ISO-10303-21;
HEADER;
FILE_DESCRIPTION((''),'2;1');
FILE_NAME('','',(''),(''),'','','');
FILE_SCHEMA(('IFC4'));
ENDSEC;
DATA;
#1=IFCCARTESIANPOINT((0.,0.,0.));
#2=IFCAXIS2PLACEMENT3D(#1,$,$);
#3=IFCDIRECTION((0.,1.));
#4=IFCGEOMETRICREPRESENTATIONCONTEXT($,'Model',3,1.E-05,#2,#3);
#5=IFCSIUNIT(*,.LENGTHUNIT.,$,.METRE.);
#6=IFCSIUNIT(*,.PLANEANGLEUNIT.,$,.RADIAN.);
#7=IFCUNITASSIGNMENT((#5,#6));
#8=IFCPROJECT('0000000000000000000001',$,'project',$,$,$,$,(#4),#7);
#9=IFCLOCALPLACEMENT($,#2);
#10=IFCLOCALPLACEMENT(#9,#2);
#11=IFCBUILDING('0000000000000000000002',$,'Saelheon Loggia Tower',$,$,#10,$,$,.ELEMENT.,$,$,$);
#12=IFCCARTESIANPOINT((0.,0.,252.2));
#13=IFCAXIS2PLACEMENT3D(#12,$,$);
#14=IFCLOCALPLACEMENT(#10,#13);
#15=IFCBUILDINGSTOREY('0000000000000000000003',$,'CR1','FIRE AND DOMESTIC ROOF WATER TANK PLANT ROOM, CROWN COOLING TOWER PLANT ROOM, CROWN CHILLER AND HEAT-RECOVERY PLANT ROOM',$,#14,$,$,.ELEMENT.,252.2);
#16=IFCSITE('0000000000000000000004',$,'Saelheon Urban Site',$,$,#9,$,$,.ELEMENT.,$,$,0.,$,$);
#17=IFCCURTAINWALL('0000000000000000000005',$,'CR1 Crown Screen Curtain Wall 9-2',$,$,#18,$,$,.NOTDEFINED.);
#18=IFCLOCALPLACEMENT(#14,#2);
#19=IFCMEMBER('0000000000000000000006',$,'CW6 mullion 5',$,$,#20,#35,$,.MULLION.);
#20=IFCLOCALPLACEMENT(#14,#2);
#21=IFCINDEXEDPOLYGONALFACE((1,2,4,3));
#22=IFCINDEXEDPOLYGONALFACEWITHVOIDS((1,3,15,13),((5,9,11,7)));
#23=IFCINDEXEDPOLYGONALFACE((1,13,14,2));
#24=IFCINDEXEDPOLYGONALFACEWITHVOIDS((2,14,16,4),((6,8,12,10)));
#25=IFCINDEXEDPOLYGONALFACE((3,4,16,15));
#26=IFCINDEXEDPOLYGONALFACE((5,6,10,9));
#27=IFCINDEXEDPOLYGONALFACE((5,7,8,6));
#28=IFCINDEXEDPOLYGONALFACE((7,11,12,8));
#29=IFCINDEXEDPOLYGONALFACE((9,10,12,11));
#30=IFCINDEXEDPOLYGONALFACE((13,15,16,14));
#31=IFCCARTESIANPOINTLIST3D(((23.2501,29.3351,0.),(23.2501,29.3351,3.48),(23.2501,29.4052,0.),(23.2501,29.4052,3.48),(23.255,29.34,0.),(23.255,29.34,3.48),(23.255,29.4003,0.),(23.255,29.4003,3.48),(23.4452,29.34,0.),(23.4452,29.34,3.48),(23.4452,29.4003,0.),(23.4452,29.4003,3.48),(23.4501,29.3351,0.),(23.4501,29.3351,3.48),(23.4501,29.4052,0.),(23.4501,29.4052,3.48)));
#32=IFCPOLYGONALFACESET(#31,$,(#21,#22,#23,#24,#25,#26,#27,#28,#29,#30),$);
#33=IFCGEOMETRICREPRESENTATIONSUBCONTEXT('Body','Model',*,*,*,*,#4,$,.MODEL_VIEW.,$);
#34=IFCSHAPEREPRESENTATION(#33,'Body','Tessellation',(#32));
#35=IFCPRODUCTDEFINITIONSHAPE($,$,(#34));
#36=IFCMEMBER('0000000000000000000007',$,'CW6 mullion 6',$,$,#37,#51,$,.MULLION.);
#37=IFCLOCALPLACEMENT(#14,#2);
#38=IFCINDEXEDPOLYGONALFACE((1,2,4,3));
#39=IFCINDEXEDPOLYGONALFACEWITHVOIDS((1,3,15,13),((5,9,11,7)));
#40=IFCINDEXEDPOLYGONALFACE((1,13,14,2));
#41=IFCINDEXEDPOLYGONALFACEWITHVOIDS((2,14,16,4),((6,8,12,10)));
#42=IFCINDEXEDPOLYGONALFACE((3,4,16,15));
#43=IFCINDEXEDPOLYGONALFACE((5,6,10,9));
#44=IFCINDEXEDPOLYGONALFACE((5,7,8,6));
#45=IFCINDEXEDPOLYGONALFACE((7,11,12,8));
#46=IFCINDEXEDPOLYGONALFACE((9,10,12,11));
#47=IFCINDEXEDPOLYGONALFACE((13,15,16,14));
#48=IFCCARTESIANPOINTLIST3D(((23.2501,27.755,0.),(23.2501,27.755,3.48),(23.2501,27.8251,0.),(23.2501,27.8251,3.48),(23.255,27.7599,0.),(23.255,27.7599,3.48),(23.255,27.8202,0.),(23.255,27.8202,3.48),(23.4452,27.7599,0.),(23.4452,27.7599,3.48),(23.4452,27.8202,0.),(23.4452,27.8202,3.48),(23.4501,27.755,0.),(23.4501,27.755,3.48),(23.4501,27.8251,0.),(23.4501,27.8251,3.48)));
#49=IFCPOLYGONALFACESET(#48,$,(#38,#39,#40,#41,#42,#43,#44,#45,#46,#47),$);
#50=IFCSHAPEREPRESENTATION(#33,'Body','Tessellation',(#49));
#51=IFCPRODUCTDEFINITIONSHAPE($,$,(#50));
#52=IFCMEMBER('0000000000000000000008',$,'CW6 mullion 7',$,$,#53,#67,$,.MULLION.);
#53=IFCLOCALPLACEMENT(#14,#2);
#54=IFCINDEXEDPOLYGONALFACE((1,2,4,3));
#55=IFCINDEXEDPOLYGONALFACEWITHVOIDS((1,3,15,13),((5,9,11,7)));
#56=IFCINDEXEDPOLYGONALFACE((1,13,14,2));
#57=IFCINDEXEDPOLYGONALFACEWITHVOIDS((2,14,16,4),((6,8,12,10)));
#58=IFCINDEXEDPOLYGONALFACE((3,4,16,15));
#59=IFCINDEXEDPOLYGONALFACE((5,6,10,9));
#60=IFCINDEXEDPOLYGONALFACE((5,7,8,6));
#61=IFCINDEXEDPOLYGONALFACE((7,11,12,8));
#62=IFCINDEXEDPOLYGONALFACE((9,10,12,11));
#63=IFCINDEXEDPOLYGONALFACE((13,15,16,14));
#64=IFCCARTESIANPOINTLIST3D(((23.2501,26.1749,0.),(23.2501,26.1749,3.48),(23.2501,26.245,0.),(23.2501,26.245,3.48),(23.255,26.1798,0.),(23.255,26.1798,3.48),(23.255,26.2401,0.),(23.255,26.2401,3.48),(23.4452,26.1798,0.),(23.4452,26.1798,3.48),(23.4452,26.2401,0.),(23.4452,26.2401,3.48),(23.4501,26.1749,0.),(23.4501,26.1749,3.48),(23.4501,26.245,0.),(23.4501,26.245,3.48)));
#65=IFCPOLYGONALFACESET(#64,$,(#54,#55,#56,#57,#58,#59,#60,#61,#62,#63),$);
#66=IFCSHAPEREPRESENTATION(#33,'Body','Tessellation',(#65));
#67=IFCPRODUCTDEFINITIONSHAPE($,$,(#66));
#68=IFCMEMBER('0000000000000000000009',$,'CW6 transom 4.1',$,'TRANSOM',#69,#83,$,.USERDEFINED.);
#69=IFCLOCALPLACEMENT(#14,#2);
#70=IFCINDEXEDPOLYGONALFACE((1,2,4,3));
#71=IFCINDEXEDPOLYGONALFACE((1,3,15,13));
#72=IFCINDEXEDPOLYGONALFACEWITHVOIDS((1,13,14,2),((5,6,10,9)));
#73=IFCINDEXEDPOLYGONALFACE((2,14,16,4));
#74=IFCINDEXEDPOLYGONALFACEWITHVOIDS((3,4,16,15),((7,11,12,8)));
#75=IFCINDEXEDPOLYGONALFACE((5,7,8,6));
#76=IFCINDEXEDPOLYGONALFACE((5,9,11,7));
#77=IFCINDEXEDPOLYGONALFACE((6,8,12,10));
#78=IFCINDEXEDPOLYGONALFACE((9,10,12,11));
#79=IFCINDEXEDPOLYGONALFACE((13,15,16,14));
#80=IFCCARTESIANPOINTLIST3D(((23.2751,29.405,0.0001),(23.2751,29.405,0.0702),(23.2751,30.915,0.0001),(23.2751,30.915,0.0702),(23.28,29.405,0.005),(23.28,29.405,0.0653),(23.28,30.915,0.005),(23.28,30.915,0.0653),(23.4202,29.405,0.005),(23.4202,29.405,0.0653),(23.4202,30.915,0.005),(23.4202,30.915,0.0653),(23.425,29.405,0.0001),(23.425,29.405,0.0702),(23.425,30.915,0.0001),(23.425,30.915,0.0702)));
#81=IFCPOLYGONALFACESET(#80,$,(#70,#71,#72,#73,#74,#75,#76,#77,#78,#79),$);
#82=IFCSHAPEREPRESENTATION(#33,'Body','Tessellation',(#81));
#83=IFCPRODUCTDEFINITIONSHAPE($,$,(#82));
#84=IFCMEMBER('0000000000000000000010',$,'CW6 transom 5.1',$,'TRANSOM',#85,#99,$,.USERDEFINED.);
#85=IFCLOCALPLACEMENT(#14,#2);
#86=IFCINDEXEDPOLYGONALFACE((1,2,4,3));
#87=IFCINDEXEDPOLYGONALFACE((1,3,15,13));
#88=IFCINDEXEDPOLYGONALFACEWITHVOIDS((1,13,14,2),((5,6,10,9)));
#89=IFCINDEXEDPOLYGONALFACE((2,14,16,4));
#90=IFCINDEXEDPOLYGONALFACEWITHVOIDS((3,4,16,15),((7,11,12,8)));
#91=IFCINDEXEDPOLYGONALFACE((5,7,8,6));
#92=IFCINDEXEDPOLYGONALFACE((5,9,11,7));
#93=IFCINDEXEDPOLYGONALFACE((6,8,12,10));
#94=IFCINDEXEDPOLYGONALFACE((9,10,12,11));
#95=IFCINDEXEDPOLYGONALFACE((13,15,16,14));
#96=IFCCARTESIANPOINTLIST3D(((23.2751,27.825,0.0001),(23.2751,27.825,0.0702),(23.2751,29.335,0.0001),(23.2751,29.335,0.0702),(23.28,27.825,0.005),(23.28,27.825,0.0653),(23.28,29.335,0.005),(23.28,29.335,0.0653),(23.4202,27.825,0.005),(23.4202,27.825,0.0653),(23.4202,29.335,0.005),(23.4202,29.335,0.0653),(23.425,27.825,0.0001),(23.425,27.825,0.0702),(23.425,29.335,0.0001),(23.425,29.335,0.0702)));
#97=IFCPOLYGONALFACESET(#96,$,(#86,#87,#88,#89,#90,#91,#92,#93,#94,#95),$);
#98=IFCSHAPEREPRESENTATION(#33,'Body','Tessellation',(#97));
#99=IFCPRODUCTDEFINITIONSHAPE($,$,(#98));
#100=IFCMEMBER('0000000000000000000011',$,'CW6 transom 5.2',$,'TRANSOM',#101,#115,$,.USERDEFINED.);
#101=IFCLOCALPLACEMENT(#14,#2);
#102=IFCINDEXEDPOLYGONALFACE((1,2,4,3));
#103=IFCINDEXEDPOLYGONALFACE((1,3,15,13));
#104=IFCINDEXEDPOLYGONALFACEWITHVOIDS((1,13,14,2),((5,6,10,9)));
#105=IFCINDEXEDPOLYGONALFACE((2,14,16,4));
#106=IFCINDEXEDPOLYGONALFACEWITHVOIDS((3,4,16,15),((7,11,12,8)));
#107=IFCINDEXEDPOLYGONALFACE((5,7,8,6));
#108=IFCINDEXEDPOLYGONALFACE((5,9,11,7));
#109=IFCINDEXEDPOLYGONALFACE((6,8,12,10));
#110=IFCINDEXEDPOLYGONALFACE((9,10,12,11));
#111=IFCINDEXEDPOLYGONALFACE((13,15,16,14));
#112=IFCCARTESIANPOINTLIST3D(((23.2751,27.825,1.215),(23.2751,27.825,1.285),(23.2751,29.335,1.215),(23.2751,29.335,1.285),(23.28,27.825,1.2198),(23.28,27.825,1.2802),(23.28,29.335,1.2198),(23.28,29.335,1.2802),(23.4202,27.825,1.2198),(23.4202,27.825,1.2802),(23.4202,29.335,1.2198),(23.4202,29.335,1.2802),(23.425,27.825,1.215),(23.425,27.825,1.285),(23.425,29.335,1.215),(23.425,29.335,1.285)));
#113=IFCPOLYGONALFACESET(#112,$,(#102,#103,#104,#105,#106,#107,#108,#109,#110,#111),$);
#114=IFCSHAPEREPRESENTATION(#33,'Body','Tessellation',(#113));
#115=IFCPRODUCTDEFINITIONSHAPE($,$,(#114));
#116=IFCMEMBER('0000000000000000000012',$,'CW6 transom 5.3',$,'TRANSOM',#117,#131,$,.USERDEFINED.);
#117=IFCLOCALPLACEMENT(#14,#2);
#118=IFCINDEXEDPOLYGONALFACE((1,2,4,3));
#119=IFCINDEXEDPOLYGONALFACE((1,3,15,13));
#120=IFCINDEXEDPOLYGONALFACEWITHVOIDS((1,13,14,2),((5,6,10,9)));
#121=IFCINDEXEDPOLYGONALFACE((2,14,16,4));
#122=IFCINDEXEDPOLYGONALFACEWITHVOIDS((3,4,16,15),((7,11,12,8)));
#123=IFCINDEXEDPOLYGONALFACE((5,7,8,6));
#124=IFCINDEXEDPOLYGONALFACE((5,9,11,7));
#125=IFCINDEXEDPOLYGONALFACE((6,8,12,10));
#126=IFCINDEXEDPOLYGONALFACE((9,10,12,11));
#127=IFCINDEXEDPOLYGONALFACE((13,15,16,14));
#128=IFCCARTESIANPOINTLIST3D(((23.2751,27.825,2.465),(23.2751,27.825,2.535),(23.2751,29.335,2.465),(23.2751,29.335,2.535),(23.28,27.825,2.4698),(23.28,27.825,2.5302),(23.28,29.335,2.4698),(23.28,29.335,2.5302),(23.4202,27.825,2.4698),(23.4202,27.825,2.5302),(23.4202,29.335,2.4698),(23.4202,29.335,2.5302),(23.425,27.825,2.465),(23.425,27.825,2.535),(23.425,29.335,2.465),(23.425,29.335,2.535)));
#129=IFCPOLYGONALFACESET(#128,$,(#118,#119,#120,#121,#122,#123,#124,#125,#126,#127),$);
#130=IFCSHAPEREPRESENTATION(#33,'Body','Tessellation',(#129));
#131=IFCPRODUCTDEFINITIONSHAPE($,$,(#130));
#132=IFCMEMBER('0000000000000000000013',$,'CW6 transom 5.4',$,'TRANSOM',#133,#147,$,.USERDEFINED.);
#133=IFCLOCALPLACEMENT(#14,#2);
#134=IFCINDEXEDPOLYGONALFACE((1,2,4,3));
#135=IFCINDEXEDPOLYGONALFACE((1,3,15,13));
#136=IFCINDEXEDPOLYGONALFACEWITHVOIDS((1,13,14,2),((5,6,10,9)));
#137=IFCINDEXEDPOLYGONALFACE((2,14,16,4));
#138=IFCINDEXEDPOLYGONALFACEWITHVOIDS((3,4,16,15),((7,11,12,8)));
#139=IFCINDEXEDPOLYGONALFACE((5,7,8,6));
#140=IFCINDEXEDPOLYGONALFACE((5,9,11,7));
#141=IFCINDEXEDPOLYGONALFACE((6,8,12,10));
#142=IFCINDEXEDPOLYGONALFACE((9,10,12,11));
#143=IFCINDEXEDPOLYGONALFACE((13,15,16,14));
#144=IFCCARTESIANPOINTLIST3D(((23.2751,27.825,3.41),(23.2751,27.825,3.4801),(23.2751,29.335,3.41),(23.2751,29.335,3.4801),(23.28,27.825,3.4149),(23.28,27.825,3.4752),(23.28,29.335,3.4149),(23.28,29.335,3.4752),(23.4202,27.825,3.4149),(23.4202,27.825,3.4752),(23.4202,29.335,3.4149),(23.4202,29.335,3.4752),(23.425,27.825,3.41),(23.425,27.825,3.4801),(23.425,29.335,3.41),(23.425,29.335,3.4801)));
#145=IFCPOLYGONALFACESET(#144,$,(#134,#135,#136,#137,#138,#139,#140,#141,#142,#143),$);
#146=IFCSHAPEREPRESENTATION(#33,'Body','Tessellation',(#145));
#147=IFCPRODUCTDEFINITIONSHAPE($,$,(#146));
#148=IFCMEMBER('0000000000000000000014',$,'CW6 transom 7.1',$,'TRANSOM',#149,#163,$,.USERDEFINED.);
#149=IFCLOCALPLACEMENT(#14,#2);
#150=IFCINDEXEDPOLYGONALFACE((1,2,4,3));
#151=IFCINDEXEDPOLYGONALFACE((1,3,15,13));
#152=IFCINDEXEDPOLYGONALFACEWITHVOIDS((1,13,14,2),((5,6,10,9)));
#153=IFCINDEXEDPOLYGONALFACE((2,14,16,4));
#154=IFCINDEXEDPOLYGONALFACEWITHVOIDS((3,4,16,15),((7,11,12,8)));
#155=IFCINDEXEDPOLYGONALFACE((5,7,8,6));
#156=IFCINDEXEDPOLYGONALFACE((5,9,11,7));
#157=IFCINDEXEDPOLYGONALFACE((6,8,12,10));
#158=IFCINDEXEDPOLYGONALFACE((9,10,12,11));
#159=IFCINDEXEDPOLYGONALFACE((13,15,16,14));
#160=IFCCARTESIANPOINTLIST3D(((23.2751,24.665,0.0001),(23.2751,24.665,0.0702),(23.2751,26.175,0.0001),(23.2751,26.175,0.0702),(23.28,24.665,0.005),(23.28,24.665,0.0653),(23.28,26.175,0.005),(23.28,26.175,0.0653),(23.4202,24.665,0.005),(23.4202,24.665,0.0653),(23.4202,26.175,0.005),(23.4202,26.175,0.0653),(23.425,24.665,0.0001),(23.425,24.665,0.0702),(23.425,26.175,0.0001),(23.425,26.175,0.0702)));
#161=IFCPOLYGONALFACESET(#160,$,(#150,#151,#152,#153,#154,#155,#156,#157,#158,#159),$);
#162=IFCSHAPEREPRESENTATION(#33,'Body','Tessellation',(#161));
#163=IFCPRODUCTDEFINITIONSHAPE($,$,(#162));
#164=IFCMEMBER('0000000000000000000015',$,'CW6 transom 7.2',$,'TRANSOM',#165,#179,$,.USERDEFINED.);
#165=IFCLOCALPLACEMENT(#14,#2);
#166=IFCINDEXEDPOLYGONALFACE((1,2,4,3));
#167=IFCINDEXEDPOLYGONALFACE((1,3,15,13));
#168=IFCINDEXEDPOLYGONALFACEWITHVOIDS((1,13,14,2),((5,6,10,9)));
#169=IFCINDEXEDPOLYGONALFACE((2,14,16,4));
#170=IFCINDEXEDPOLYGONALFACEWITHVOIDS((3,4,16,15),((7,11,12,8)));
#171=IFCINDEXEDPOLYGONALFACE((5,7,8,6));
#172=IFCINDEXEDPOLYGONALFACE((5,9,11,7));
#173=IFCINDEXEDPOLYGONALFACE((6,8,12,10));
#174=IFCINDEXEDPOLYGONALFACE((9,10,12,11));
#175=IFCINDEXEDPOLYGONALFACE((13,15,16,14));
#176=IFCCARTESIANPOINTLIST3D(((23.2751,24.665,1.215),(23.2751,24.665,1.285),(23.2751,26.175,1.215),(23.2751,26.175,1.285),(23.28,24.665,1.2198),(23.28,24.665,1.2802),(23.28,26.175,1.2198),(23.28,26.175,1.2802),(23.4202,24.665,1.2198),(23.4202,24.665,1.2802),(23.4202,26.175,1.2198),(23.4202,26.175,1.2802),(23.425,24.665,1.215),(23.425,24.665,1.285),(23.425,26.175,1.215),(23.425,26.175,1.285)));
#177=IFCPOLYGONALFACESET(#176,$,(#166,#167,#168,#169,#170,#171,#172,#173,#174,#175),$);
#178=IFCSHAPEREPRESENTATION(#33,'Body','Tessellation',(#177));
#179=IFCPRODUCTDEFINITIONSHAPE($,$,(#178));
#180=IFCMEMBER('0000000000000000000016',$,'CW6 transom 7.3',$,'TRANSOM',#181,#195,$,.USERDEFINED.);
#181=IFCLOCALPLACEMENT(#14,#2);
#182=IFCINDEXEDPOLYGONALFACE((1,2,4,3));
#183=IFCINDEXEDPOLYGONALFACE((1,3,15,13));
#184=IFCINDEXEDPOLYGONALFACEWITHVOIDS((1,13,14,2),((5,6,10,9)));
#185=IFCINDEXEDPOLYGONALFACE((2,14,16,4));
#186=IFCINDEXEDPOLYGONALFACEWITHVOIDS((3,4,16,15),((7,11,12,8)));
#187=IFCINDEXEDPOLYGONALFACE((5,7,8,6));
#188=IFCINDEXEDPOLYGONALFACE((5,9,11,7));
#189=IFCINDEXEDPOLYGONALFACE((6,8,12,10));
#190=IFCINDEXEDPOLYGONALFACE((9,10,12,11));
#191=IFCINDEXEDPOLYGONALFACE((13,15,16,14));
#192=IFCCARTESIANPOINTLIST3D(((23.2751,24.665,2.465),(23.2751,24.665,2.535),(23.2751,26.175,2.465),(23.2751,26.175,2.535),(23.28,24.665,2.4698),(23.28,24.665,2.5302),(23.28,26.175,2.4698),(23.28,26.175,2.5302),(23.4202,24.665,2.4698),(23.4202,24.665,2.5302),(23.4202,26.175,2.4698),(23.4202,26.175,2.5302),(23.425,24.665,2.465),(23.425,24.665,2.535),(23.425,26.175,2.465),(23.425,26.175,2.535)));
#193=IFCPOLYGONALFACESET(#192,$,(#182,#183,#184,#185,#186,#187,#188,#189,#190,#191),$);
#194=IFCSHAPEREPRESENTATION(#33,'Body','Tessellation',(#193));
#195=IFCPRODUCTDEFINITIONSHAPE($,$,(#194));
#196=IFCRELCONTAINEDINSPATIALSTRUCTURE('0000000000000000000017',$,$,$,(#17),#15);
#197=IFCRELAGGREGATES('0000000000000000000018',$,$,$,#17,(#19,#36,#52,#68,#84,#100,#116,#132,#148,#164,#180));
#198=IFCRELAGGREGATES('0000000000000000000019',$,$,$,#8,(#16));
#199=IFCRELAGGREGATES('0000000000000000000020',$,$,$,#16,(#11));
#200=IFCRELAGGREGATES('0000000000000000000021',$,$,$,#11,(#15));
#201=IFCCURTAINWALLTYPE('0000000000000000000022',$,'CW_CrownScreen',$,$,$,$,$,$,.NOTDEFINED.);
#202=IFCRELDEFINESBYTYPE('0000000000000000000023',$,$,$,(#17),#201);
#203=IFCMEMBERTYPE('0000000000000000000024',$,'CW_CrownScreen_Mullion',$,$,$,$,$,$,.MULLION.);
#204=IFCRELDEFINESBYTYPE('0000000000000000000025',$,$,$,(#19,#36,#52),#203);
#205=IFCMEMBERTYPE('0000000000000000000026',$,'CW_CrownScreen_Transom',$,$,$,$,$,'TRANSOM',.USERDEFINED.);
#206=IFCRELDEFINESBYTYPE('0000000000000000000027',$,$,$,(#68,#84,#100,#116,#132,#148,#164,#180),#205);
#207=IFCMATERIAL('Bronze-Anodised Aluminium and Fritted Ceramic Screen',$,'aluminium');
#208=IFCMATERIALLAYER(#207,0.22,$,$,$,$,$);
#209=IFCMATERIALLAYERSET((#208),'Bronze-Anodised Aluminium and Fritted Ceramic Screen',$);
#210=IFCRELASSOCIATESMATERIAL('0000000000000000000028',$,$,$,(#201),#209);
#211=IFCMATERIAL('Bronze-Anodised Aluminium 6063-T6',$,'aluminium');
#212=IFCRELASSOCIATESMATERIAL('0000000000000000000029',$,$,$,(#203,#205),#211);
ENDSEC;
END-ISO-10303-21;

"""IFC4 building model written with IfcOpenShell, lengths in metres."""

from ifc_helpers import new_model, si_unit, direction, frame, origin, origin_2d, place, context, subcontext, project, spatial, hollow_rectangle, extrude, source, transform, mapped, material, layer, layer_set, material_profile, profile_set, type_object, element, aggregate, save


model = new_model("IFC4")

# Units and contexts
model_context = context("Model", 3, precision=1e-05, world=origin(), true_north=direction((0.0, 1.0)))
body_context = subcontext(model_context, "Body", "Model", "MODEL_VIEW")
ifc_project = project(units=[si_unit("LENGTHUNIT", "METRE"), si_unit("PLANEANGLEUNIT", "RADIAN")], contexts=[model_context])

# Site, building, storey
site_placement = place(None, origin())
site = spatial("IfcSite", under=ifc_project, at=site_placement, Name="Saelheon Urban Site", CompositionType="ELEMENT", RefElevation=0.0)
building_placement = place(site_placement, origin())
building = spatial("IfcBuilding", under=site, at=building_placement, Name="Saelheon Loggia Tower", CompositionType="ELEMENT")
storey_placement = place(building_placement, frame((0.0, 0.0, 252.2)))
storey = spatial("IfcBuildingStorey", under=building, at=storey_placement, Name="CR1", Description="FIRE AND DOMESTIC ROOF WATER TANK PLANT ROOM, CROWN COOLING TOWER PLANT ROOM, CROWN CHILLER AND HEAT-RECOVERY PLANT ROOM", CompositionType="ELEMENT", Elevation=252.2)

# Curtain wall, members
ifc_material_1 = material(Name="Bronze-Anodised Aluminium and Fritted Ceramic Screen", Category="aluminium")
ifc_layer_1 = layer(ifc_material_1, 0.22)
ifc_layer_set_1 = layer_set([ifc_layer_1], Name="Bronze-Anodised Aluminium and Fritted Ceramic Screen")
curtain_wall_type = type_object("IfcCurtainWallType", Name="CW_CrownScreen", PredefinedType="NOTDEFINED", material=ifc_layer_set_1)
curtain_wall_placement = place(storey_placement, origin())
curtain_wall = element("IfcCurtainWall", 1, at=curtain_wall_placement, inside=storey, type_object=curtain_wall_type, Name="CR1 Crown Screen Curtain Wall 9-2", PredefinedType="NOTDEFINED")
ifc_material_2 = material(Name="Bronze-Anodised Aluminium 6063-T6", Category="aluminium")
ifc_material_profile_1 = material_profile(ifc_material_2, hollow_rectangle(XDim=0.0701, YDim=0.2, WallThickness=0.0049, at=origin_2d()), Name="RHS-200x70x5")
ifc_profile_set_1 = profile_set([ifc_material_profile_1], Name="Bronze-Anodised Aluminium 6063-T6")
member_type_1 = type_object("IfcMemberType", Name="CW_CrownScreen_Mullion", PredefinedType="MULLION", material=ifc_profile_set_1)
shared_shape_1 = source(origin(), body_context, "Body", "SweptSolid", [
    extrude(hollow_rectangle(XDim=0.0701, YDim=0.2, WallThickness=0.0049, at=origin_2d()), origin(), (0.0, 0.0, 1.0), 3.48),
])
member_1_placement = place(storey_placement, frame((23.3501, 29.3701, 0.0), z_axis=(0.0, 0.0, 1.0), x_axis=(0.0, -1.0, 0.0)))
member_1 = element("IfcMember", 2, at=member_1_placement, type_object=member_type_1, Name="CW6 mullion 5", PredefinedType="MULLION", context=body_context, shape_type="MappedRepresentation", body=[
    mapped(shared_shape_1, transform((0.0, 0.0, 0.0), scale=1.0)),
])
member_2_placement = place(storey_placement, frame((23.3501, 27.79, 0.0), z_axis=(0.0, 0.0, 1.0), x_axis=(0.0, -1.0, 0.0)))
member_2 = element("IfcMember", 3, at=member_2_placement, type_object=member_type_1, Name="CW6 mullion 6", PredefinedType="MULLION", context=body_context, shape_type="MappedRepresentation", body=[
    mapped(shared_shape_1, transform((0.0, 0.0, 0.0), scale=1.0)),
])
member_3_placement = place(storey_placement, frame((23.3501, 26.21, 0.0), z_axis=(0.0, 0.0, 1.0), x_axis=(0.0, -1.0, 0.0)))
member_3 = element("IfcMember", 4, at=member_3_placement, type_object=member_type_1, Name="CW6 mullion 7", PredefinedType="MULLION", context=body_context, shape_type="MappedRepresentation", body=[
    mapped(shared_shape_1, transform((0.0, 0.0, 0.0), scale=1.0)),
])
ifc_material_profile_2 = material_profile(ifc_material_2, hollow_rectangle(XDim=0.0701, YDim=0.1499, WallThickness=0.0049, at=origin_2d()), Name="RHS-150x70x5")
ifc_profile_set_2 = profile_set([ifc_material_profile_2], Name="Bronze-Anodised Aluminium 6063-T6")
member_type_2 = type_object("IfcMemberType", Name="CW_CrownScreen_Transom", ElementType="TRANSOM", PredefinedType="USERDEFINED", material=ifc_profile_set_2)
shared_shape_2 = source(origin(), body_context, "Body", "SweptSolid", [
    extrude(hollow_rectangle(XDim=0.0701, YDim=0.1499, WallThickness=0.0049, at=origin_2d()), origin(), (0.0, 0.0, 1.0), 1.51),
])
member_4_placement = place(storey_placement, frame((23.3501, 30.915, 0.0352), z_axis=(0.0, -1.0, 0.0), x_axis=(0.0, 0.0, 1.0)))
member_4 = element("IfcMember", 5, at=member_4_placement, type_object=member_type_2, Name="CW6 transom 4.1", ObjectType="TRANSOM", PredefinedType="USERDEFINED", context=body_context, shape_type="MappedRepresentation", body=[
    mapped(shared_shape_2, transform((0.0, 0.0, 0.0), scale=1.0)),
])
member_5_placement = place(storey_placement, frame((23.3501, 29.335, 0.0352), z_axis=(0.0, -1.0, 0.0), x_axis=(0.0, 0.0, 1.0)))
member_5 = element("IfcMember", 6, at=member_5_placement, type_object=member_type_2, Name="CW6 transom 5.1", ObjectType="TRANSOM", PredefinedType="USERDEFINED", context=body_context, shape_type="MappedRepresentation", body=[
    mapped(shared_shape_2, transform((0.0, 0.0, 0.0), scale=1.0)),
])
member_6_placement = place(storey_placement, frame((23.3501, 29.335, 1.25), z_axis=(0.0, -1.0, 0.0), x_axis=(0.0, 0.0, 1.0)))
member_6 = element("IfcMember", 7, at=member_6_placement, type_object=member_type_2, Name="CW6 transom 5.2", ObjectType="TRANSOM", PredefinedType="USERDEFINED", context=body_context, shape_type="MappedRepresentation", body=[
    mapped(shared_shape_2, transform((0.0, 0.0, 0.0), scale=1.0)),
])
member_7_placement = place(storey_placement, frame((23.3501, 29.335, 2.5), z_axis=(0.0, -1.0, 0.0), x_axis=(0.0, 0.0, 1.0)))
member_7 = element("IfcMember", 8, at=member_7_placement, type_object=member_type_2, Name="CW6 transom 5.3", ObjectType="TRANSOM", PredefinedType="USERDEFINED", context=body_context, shape_type="MappedRepresentation", body=[
    mapped(shared_shape_2, transform((0.0, 0.0, 0.0), scale=1.0)),
])
member_8_placement = place(storey_placement, frame((23.3501, 29.335, 3.4451), z_axis=(0.0, -1.0, 0.0), x_axis=(0.0, 0.0, 1.0)))
member_8 = element("IfcMember", 9, at=member_8_placement, type_object=member_type_2, Name="CW6 transom 5.4", ObjectType="TRANSOM", PredefinedType="USERDEFINED", context=body_context, shape_type="MappedRepresentation", body=[
    mapped(shared_shape_2, transform((0.0, 0.0, 0.0), scale=1.0)),
])
member_9_placement = place(storey_placement, frame((23.3501, 26.175, 0.0352), z_axis=(0.0, -1.0, 0.0), x_axis=(0.0, 0.0, 1.0)))
member_9 = element("IfcMember", 10, at=member_9_placement, type_object=member_type_2, Name="CW6 transom 7.1", ObjectType="TRANSOM", PredefinedType="USERDEFINED", context=body_context, shape_type="MappedRepresentation", body=[
    mapped(shared_shape_2, transform((0.0, 0.0, 0.0), scale=1.0)),
])
member_10_placement = place(storey_placement, frame((23.3501, 26.175, 1.25), z_axis=(0.0, -1.0, 0.0), x_axis=(0.0, 0.0, 1.0)))
member_10 = element("IfcMember", 11, at=member_10_placement, type_object=member_type_2, Name="CW6 transom 7.2", ObjectType="TRANSOM", PredefinedType="USERDEFINED", context=body_context, shape_type="MappedRepresentation", body=[
    mapped(shared_shape_2, transform((0.0, 0.0, 0.0), scale=1.0)),
])
member_11_placement = place(storey_placement, frame((23.3501, 26.175, 2.5), z_axis=(0.0, -1.0, 0.0), x_axis=(0.0, 0.0, 1.0)))
member_11 = element("IfcMember", 12, at=member_11_placement, type_object=member_type_2, Name="CW6 transom 7.3", ObjectType="TRANSOM", PredefinedType="USERDEFINED", context=body_context, shape_type="MappedRepresentation", body=[
    mapped(shared_shape_2, transform((0.0, 0.0, 0.0), scale=1.0)),
])
aggregate(curtain_wall, [member_1, member_2, member_3, member_4, member_5, member_6, member_7, member_8, member_9, member_10, member_11])

save(model, "model.ifc")
